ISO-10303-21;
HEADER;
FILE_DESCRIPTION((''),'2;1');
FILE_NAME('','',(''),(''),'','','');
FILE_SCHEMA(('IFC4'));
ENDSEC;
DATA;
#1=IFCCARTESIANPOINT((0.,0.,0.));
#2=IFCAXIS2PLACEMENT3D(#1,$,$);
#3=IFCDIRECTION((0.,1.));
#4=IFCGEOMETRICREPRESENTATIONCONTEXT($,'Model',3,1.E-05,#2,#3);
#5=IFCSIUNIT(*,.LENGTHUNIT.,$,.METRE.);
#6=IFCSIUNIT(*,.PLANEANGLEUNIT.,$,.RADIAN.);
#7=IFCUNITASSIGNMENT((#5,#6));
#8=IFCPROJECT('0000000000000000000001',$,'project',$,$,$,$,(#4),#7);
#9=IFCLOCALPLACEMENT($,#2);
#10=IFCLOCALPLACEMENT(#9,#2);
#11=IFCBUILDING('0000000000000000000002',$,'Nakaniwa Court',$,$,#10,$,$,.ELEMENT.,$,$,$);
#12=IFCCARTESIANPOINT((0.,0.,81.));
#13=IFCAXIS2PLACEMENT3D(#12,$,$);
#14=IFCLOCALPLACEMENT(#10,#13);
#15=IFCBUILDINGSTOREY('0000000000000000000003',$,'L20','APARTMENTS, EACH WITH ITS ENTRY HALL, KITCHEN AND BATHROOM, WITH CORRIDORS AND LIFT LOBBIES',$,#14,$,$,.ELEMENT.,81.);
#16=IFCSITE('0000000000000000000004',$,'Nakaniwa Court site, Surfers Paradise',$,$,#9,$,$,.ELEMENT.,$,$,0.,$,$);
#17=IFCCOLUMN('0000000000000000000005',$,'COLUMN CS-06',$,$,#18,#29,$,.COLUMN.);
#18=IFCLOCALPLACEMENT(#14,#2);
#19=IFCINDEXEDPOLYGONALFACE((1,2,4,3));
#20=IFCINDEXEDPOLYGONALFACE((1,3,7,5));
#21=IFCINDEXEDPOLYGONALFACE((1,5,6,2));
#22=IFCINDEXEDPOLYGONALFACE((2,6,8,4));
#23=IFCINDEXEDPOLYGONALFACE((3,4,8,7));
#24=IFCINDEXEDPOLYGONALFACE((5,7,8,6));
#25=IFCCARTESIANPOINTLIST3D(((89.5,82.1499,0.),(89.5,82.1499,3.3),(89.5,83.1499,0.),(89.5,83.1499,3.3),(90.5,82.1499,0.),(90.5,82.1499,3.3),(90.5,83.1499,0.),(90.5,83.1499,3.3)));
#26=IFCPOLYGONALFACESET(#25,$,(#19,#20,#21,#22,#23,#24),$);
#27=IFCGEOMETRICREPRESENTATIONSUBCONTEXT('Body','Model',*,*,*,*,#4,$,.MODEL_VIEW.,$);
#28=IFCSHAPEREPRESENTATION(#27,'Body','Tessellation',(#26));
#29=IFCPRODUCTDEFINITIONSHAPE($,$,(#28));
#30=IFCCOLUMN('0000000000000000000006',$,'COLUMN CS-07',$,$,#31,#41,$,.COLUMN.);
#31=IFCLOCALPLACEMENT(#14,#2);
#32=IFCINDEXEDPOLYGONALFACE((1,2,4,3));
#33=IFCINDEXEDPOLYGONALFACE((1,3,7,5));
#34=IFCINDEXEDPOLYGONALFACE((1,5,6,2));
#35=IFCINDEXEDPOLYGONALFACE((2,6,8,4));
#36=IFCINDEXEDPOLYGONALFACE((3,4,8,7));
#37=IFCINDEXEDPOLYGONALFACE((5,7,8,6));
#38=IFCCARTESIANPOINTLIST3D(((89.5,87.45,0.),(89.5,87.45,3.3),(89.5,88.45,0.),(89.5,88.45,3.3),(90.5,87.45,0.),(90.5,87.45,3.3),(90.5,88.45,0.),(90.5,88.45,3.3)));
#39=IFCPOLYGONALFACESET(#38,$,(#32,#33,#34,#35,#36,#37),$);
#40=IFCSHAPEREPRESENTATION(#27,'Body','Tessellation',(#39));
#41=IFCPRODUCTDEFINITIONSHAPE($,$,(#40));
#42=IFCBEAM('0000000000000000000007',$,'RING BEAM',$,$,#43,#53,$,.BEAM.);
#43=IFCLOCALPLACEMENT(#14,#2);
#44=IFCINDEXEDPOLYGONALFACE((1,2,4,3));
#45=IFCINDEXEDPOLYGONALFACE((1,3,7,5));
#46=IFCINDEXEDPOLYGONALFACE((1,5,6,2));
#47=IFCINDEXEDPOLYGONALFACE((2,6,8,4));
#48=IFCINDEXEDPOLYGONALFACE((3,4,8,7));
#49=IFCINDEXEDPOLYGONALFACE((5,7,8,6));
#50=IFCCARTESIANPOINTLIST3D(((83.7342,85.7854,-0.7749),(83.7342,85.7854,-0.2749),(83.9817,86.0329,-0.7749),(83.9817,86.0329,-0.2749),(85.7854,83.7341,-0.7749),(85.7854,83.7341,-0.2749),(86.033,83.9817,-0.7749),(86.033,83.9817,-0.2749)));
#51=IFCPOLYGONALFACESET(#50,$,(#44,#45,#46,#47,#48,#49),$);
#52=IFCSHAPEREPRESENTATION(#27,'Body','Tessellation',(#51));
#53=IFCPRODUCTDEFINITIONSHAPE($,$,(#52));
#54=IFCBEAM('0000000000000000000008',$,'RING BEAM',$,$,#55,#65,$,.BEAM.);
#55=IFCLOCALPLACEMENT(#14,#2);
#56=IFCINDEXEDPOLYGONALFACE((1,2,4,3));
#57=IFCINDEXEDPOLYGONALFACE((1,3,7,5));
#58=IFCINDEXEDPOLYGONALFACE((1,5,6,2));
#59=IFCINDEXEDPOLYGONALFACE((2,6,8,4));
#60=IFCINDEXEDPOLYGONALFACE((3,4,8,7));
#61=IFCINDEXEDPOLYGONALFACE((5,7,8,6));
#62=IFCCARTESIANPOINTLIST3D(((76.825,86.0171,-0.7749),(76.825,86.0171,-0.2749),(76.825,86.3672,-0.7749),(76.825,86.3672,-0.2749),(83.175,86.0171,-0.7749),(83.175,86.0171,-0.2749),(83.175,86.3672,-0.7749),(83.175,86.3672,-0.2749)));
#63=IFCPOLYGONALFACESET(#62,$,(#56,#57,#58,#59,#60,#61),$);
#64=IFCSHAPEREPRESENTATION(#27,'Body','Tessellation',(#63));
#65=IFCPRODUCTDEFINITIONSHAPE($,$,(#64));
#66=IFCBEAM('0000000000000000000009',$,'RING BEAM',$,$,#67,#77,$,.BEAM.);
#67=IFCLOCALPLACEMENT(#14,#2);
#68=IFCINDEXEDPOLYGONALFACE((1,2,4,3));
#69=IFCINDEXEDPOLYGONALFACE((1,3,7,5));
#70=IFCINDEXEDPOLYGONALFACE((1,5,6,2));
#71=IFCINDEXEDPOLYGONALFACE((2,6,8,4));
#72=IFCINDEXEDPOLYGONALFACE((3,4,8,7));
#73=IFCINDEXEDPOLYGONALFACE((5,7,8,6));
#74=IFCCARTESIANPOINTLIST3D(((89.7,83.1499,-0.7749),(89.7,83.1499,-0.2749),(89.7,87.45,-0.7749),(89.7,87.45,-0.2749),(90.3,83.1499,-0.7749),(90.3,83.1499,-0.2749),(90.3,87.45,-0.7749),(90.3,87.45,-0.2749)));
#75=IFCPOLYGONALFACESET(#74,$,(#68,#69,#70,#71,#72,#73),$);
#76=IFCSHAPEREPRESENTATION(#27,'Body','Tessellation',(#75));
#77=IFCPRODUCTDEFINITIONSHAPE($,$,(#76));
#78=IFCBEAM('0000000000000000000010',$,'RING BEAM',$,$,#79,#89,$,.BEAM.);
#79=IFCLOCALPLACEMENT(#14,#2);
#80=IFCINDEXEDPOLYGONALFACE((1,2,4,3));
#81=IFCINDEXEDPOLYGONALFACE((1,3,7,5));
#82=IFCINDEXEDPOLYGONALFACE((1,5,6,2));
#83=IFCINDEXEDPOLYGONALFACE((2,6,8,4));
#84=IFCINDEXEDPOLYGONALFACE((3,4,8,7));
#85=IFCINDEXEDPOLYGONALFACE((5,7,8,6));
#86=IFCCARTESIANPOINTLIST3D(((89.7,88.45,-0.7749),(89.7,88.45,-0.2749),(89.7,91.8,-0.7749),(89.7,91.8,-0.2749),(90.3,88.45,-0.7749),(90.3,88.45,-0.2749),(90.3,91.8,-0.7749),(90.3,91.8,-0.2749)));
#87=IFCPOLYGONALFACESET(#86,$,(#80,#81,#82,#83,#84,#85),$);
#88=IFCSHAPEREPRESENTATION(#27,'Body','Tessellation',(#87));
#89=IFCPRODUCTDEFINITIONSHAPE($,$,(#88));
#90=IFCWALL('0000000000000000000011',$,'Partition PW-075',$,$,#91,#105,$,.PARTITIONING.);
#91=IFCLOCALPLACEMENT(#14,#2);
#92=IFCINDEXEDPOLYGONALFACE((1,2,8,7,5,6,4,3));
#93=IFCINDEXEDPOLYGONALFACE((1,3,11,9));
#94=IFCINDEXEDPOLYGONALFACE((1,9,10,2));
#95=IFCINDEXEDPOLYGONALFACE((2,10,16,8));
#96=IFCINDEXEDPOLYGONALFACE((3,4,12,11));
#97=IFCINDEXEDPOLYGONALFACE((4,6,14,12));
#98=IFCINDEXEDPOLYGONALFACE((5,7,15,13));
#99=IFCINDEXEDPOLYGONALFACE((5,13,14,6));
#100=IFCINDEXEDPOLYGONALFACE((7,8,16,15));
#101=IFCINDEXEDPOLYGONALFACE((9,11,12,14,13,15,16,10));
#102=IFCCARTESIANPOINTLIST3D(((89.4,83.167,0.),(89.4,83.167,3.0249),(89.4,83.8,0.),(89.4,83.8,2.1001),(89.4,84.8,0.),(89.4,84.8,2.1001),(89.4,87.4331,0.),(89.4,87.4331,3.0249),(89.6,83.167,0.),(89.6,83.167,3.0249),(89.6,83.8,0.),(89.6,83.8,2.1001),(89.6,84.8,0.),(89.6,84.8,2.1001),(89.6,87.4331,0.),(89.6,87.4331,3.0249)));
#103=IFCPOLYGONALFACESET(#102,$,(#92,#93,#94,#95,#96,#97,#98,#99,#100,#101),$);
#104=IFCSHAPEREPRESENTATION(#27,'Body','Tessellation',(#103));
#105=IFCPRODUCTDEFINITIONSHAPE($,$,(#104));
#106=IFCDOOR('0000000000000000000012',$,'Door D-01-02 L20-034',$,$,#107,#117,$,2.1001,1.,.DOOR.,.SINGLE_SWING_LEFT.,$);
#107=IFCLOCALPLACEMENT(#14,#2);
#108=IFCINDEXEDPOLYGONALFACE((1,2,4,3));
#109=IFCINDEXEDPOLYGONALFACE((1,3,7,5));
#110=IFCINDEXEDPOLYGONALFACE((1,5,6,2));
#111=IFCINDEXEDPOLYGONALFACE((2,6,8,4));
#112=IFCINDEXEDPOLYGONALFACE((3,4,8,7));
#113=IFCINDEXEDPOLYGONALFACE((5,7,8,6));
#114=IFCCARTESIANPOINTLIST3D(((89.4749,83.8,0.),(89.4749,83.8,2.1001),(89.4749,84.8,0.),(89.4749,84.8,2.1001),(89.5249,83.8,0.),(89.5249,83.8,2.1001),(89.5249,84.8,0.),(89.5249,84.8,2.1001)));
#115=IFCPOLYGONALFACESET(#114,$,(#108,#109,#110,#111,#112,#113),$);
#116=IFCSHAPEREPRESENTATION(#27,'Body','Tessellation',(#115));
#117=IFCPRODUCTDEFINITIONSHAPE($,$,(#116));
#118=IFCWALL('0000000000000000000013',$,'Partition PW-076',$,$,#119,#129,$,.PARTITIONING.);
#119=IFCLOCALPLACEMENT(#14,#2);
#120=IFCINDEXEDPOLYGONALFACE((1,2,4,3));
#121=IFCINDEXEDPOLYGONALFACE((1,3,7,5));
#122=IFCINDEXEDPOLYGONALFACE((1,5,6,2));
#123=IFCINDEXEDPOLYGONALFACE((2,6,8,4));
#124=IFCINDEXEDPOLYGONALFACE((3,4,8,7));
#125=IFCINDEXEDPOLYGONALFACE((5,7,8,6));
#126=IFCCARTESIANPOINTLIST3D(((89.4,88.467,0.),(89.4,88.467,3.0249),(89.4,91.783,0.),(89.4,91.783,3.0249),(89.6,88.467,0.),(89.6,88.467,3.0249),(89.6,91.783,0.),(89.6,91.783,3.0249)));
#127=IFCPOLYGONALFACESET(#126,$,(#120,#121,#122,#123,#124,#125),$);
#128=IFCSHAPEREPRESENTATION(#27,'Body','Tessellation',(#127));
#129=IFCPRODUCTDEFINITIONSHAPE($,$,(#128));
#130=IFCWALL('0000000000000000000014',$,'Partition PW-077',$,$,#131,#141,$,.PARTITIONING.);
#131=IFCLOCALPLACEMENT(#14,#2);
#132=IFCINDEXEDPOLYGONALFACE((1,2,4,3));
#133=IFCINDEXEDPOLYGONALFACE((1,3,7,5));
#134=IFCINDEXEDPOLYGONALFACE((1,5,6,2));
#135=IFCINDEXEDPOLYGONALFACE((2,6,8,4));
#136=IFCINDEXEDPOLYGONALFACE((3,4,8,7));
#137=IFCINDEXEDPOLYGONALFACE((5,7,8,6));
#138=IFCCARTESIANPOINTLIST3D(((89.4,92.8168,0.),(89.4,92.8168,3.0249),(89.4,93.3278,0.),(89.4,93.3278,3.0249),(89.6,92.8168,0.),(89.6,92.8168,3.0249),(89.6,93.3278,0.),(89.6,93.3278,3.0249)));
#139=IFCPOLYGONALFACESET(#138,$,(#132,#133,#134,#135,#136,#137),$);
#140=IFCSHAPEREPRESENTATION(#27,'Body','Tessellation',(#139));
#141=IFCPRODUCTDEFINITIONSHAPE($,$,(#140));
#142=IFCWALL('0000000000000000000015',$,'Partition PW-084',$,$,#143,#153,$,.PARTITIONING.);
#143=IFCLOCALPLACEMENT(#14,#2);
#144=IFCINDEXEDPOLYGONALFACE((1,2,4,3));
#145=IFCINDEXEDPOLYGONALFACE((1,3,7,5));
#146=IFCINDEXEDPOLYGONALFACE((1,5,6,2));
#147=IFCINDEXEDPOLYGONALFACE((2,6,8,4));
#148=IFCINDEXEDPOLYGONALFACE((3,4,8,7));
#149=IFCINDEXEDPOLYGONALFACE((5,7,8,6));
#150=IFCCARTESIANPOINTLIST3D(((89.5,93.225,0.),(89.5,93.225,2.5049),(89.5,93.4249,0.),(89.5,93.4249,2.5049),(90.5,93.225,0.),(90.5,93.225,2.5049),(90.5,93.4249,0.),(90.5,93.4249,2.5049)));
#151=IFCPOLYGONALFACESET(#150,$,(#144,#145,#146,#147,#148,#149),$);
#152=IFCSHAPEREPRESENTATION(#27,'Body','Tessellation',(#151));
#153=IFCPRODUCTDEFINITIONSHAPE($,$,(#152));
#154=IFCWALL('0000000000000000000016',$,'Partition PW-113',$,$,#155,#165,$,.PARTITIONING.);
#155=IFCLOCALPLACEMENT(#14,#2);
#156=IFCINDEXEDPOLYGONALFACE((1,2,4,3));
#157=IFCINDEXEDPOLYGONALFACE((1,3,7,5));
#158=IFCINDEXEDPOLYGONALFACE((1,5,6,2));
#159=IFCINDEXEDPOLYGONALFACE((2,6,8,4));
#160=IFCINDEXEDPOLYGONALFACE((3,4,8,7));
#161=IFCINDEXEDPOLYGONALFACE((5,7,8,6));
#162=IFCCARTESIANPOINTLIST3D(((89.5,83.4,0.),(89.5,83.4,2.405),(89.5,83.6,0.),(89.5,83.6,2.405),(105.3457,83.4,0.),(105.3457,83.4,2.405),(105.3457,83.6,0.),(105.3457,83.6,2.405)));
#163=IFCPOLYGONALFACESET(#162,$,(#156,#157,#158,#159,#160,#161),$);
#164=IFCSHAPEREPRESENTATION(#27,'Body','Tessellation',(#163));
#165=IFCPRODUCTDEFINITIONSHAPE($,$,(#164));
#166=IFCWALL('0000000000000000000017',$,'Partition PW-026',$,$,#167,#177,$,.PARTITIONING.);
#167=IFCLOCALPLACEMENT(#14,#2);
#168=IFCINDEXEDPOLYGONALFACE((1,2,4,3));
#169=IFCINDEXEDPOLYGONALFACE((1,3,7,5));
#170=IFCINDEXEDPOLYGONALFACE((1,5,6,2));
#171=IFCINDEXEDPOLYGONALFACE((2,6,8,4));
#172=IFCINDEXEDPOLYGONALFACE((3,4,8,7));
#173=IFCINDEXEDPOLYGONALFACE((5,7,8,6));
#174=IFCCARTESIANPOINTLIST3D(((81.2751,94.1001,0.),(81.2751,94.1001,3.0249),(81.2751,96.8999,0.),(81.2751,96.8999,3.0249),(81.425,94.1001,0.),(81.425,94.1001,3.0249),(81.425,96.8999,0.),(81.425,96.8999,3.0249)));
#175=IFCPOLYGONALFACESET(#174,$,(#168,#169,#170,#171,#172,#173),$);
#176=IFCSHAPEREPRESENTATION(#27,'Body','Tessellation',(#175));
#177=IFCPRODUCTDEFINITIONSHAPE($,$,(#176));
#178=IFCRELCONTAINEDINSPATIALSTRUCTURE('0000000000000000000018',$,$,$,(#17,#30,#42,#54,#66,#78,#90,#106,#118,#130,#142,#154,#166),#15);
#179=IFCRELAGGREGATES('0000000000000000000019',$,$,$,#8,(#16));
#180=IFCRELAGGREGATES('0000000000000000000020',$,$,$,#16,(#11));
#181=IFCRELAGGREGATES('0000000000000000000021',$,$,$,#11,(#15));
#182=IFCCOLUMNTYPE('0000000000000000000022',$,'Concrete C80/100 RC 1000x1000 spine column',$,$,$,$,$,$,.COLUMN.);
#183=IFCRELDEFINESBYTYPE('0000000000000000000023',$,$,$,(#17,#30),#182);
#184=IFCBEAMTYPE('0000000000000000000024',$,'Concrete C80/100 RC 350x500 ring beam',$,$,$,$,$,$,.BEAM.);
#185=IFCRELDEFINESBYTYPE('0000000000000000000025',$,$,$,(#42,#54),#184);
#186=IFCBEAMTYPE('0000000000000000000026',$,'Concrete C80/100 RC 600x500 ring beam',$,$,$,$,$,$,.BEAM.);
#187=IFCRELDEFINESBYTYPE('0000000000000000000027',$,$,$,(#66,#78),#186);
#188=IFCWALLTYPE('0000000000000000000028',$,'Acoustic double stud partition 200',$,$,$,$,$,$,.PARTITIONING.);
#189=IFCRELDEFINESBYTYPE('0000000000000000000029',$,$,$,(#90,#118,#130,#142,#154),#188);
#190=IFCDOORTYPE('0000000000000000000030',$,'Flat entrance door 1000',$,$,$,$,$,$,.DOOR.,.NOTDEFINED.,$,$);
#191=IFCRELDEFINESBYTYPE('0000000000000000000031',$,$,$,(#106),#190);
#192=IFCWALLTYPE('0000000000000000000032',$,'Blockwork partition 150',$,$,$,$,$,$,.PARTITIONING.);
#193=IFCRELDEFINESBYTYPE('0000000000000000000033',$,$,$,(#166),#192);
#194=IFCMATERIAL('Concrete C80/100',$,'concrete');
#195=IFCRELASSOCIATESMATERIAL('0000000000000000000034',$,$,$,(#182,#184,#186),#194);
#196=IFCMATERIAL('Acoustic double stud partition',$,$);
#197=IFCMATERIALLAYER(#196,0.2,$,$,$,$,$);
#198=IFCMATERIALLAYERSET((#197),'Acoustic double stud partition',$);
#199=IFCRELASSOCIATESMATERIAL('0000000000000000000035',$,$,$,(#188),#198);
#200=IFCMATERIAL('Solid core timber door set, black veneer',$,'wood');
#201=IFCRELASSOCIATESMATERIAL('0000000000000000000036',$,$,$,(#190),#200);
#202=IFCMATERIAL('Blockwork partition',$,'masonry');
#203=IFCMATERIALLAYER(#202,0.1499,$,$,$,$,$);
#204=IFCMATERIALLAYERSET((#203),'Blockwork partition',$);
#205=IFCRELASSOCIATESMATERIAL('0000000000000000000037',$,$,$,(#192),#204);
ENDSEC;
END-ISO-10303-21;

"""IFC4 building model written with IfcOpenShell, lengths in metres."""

from ifc_helpers import new_model, si_unit, direction, frame, frame_2d, origin, origin_2d, place, context, subcontext, project, spatial, rectangle, extrude, material, layer, layer_set, material_profile, profile_set, type_object, element, fill, save


model = new_model("IFC4")

# Units and contexts
model_context = context("Model", 3, precision=1e-05, world=origin(), true_north=direction((0.0, 1.0)))
body_context = subcontext(model_context, "Body", "Model", "MODEL_VIEW")
ifc_project = project(units=[si_unit("LENGTHUNIT", "METRE"), si_unit("PLANEANGLEUNIT", "RADIAN")], contexts=[model_context])

# Site, building, storey
site_placement = place(None, origin())
site = spatial("IfcSite", under=ifc_project, at=site_placement, Name="Nakaniwa Court site, Surfers Paradise", CompositionType="ELEMENT", RefElevation=0.0)
building_placement = place(site_placement, origin())
building = spatial("IfcBuilding", under=site, at=building_placement, Name="Nakaniwa Court", CompositionType="ELEMENT")
storey_placement = place(building_placement, frame((0.0, 0.0, 81.0)))
storey = spatial("IfcBuildingStorey", under=building, at=storey_placement, Name="L20", Description="APARTMENTS, EACH WITH ITS ENTRY HALL, KITCHEN AND BATHROOM, WITH CORRIDORS AND LIFT LOBBIES", CompositionType="ELEMENT", Elevation=81.0)

# Columns
ifc_material_1 = material(Name="Concrete C80/100", Category="concrete")
ifc_material_profile_1 = material_profile(ifc_material_1, rectangle(XDim=1.0, YDim=1.0, at=origin_2d()), Name="Concrete C80/100 RC 1000x1000 spine column")
ifc_profile_set_1 = profile_set([ifc_material_profile_1], Name="Concrete C80/100")
column_type_1 = type_object("IfcColumnType", Name="Concrete C80/100 RC 1000x1000 spine column", PredefinedType="COLUMN", material=ifc_profile_set_1)
for number, where, z_axis, x_axis, name in (
    (1, (90.0, 82.6499, 0.0), (0.0, 0.0, 1.0), (0.0, 1.0, 0.0), "COLUMN CS-06"),
    (2, (90.0, 87.95, 0.0), (0.0, 0.0, 1.0), (0.0, 1.0, 0.0), "COLUMN CS-07"),
):
    element("IfcColumn", number, at=place(storey_placement, frame(where, z_axis=z_axis, x_axis=x_axis)), inside=storey, type_object=column_type_1, Name=name, PredefinedType="COLUMN", context=body_context, shape_type="SweptSolid", body=[
        extrude(rectangle(XDim=1.0, YDim=1.0, at=origin_2d()), origin(), (0.0, 0.0, 1.0), 3.3),
    ])

# Beams
ifc_material_profile_2 = material_profile(ifc_material_1, rectangle(XDim=0.3501, YDim=0.5, at=origin_2d()), Name="Concrete C80/100 RC 350x500 ring beam")
ifc_profile_set_2 = profile_set([ifc_material_profile_2], Name="Concrete C80/100")
beam_type_1 = type_object("IfcBeamType", Name="Concrete C80/100 RC 350x500 ring beam", PredefinedType="BEAM", material=ifc_profile_set_2)
beam_1_placement = place(storey_placement, frame((85.9092, 83.8579, -0.5249), z_axis=(-0.707107, 0.707107, 0.0), x_axis=(-0.707107, -0.707107, 0.0)))
element("IfcBeam", 3, at=beam_1_placement, inside=storey, type_object=beam_type_1, Name="RING BEAM", PredefinedType="BEAM", context=body_context, shape_type="SweptSolid", body=[
    extrude(rectangle(XDim=0.3501, YDim=0.5, at=origin_2d()), origin(), (0.0, 0.0, 1.0), 2.9009),
])
beam_2_placement = place(storey_placement, frame((83.175, 86.1921, -0.5249), z_axis=(-1.0, 0.0, 0.0), x_axis=(0.0, -1.0, 0.0)))
element("IfcBeam", 4, at=beam_2_placement, inside=storey, type_object=beam_type_1, Name="RING BEAM", PredefinedType="BEAM", context=body_context, shape_type="SweptSolid", body=[
    extrude(rectangle(XDim=0.3501, YDim=0.5, at=origin_2d()), origin(), (0.0, 0.0, 1.0), 6.3501),
])
ifc_material_profile_3 = material_profile(ifc_material_1, rectangle(XDim=0.6001, YDim=0.5, at=origin_2d()), Name="Concrete C80/100 RC 600x500 ring beam")
ifc_profile_set_3 = profile_set([ifc_material_profile_3], Name="Concrete C80/100")
beam_type_2 = type_object("IfcBeamType", Name="Concrete C80/100 RC 600x500 ring beam", PredefinedType="BEAM", material=ifc_profile_set_3)
beam_3_placement = place(storey_placement, frame((90.0, 83.1499, -0.5249), z_axis=(0.0, 1.0, 0.0), x_axis=(-1.0, 0.0, 0.0)))
element("IfcBeam", 5, at=beam_3_placement, inside=storey, type_object=beam_type_2, Name="RING BEAM", PredefinedType="BEAM", context=body_context, shape_type="SweptSolid", body=[
    extrude(rectangle(XDim=0.6001, YDim=0.5, at=origin_2d()), origin(), (0.0, 0.0, 1.0), 4.3),
])
beam_4_placement = place(storey_placement, frame((90.0, 88.45, -0.5249), z_axis=(0.0, 1.0, 0.0), x_axis=(-1.0, 0.0, 0.0)))
element("IfcBeam", 6, at=beam_4_placement, inside=storey, type_object=beam_type_2, Name="RING BEAM", PredefinedType="BEAM", context=body_context, shape_type="SweptSolid", body=[
    extrude(rectangle(XDim=0.6001, YDim=0.5, at=origin_2d()), origin(), (0.0, 0.0, 1.0), 3.3501),
])

# Wall, opening, door
ifc_material_2 = material(Name="Acoustic double stud partition")
ifc_layer_1 = layer(ifc_material_2, 0.2)
ifc_layer_set_1 = layer_set([ifc_layer_1], Name="Acoustic double stud partition")
wall_type_1 = type_object("IfcWallType", Name="Acoustic double stud partition 200", PredefinedType="PARTITIONING", material=ifc_layer_set_1)
wall_1_placement = place(storey_placement, frame((89.5, 87.4331, 0.0), z_axis=(0.0, 0.0, 1.0), x_axis=(0.0, -1.0, 0.0)))
wall_1 = element("IfcWall", 7, at=wall_1_placement, inside=storey, type_object=wall_type_1, Name="Partition PW-075", PredefinedType="PARTITIONING", context=body_context, shape_type="SweptSolid", body=[
    extrude(rectangle(XDim=4.2661, YDim=0.2, at=frame_2d((2.1331, 0.0))), origin(), (0.0, 0.0, 1.0), 3.0249),
])
opening_1_placement = place(wall_1_placement, frame((2.6331, 0.0, 0.0)))
opening_1 = element("IfcOpeningElement", 8, at=opening_1_placement, cuts=wall_1, PredefinedType="OPENING", context=body_context, shape_type="SweptSolid", body=[
    extrude(rectangle(XDim=1.0, YDim=2.1001, at=frame_2d((0.5, 1.05))), frame((0.0, 0.1099, 0.0), z_axis=(0.0, -1.0, 0.0), x_axis=(1.0, 0.0, 0.0)), (0.0, 0.0, 1.0), 0.22),
])
ifc_material_3 = material(Name="Solid core timber door set, black veneer", Category="wood")
door_type_1 = type_object("IfcDoorType", Name="Flat entrance door 1000", OperationType="NOTDEFINED", PredefinedType="DOOR", material=ifc_material_3)
door_1_placement = place(opening_1_placement, origin())
door_1 = element("IfcDoor", 9, at=door_1_placement, inside=storey, type_object=door_type_1, Name="Door D-01-02 L20-034", OperationType="SINGLE_SWING_LEFT", OverallHeight=2.1001, OverallWidth=1.0, PredefinedType="DOOR", context=body_context, shape_type="SweptSolid", body=[
    extrude(rectangle(XDim=1.0, YDim=2.1001, at=frame_2d((0.5, 1.05))), frame((0.0, 0.0249, 0.0), z_axis=(0.0, -1.0, 0.0), x_axis=(1.0, 0.0, 0.0)), (0.0, 0.0, 1.0), 0.05),
])
fill(opening_1, door_1)

# Walls
wall_2_placement = place(storey_placement, frame((89.5, 88.467, 0.0), z_axis=(0.0, 0.0, 1.0), x_axis=(0.0, 1.0, 0.0)))
element("IfcWall", 10, at=wall_2_placement, inside=storey, type_object=wall_type_1, Name="Partition PW-076", PredefinedType="PARTITIONING", context=body_context, shape_type="SweptSolid", body=[
    extrude(rectangle(XDim=3.3159, YDim=0.2, at=frame_2d((1.658, 0.0))), origin(), (0.0, 0.0, 1.0), 3.0249),
])
wall_3_placement = place(storey_placement, frame((89.5, 92.8169, 0.0), z_axis=(0.0, 0.0, 1.0), x_axis=(0.0, 1.0, 0.0)))
element("IfcWall", 11, at=wall_3_placement, inside=storey, type_object=wall_type_1, Name="Partition PW-077", PredefinedType="PARTITIONING", context=body_context, shape_type="SweptSolid", body=[
    extrude(rectangle(XDim=0.511, YDim=0.2, at=frame_2d((0.2554, 0.0))), origin(), (0.0, 0.0, 1.0), 3.0249),
])
wall_4_placement = place(storey_placement, frame((89.5, 93.325, 0.0), z_axis=(0.0, 0.0, 1.0), x_axis=(1.0, 0.0, 0.0)))
element("IfcWall", 12, at=wall_4_placement, inside=storey, type_object=wall_type_1, Name="Partition PW-084", PredefinedType="PARTITIONING", context=body_context, shape_type="SweptSolid", body=[
    extrude(rectangle(XDim=1.0, YDim=0.2, at=frame_2d((0.5, 0.0))), origin(), (0.0, 0.0, 1.0), 2.5049),
])
wall_5_placement = place(storey_placement, frame((89.5, 83.5, 0.0), z_axis=(0.0, 0.0, 1.0), x_axis=(1.0, 0.0, 0.0)))
element("IfcWall", 13, at=wall_5_placement, inside=storey, type_object=wall_type_1, Name="Partition PW-113", PredefinedType="PARTITIONING", context=body_context, shape_type="SweptSolid", body=[
    extrude(rectangle(XDim=15.8457, YDim=0.2, at=frame_2d((7.9229, 0.0))), origin(), (0.0, 0.0, 1.0), 2.405),
])
ifc_material_4 = material(Name="Blockwork partition", Category="masonry")
ifc_layer_2 = layer(ifc_material_4, 0.1499)
ifc_layer_set_2 = layer_set([ifc_layer_2], Name="Blockwork partition")
wall_type_2 = type_object("IfcWallType", Name="Blockwork partition 150", PredefinedType="PARTITIONING", material=ifc_layer_set_2)
wall_6_placement = place(storey_placement, frame((81.3501, 94.1001, 0.0), z_axis=(0.0, 0.0, 1.0), x_axis=(0.0, 1.0, 0.0)))
element("IfcWall", 14, at=wall_6_placement, inside=storey, type_object=wall_type_2, Name="Partition PW-026", PredefinedType="PARTITIONING", context=body_context, shape_type="SweptSolid", body=[
    extrude(rectangle(XDim=2.7998, YDim=0.1499, at=frame_2d((1.3999, 0.0))), origin(), (0.0, 0.0, 1.0), 3.0249),
])

save(model, "model.ifc")
